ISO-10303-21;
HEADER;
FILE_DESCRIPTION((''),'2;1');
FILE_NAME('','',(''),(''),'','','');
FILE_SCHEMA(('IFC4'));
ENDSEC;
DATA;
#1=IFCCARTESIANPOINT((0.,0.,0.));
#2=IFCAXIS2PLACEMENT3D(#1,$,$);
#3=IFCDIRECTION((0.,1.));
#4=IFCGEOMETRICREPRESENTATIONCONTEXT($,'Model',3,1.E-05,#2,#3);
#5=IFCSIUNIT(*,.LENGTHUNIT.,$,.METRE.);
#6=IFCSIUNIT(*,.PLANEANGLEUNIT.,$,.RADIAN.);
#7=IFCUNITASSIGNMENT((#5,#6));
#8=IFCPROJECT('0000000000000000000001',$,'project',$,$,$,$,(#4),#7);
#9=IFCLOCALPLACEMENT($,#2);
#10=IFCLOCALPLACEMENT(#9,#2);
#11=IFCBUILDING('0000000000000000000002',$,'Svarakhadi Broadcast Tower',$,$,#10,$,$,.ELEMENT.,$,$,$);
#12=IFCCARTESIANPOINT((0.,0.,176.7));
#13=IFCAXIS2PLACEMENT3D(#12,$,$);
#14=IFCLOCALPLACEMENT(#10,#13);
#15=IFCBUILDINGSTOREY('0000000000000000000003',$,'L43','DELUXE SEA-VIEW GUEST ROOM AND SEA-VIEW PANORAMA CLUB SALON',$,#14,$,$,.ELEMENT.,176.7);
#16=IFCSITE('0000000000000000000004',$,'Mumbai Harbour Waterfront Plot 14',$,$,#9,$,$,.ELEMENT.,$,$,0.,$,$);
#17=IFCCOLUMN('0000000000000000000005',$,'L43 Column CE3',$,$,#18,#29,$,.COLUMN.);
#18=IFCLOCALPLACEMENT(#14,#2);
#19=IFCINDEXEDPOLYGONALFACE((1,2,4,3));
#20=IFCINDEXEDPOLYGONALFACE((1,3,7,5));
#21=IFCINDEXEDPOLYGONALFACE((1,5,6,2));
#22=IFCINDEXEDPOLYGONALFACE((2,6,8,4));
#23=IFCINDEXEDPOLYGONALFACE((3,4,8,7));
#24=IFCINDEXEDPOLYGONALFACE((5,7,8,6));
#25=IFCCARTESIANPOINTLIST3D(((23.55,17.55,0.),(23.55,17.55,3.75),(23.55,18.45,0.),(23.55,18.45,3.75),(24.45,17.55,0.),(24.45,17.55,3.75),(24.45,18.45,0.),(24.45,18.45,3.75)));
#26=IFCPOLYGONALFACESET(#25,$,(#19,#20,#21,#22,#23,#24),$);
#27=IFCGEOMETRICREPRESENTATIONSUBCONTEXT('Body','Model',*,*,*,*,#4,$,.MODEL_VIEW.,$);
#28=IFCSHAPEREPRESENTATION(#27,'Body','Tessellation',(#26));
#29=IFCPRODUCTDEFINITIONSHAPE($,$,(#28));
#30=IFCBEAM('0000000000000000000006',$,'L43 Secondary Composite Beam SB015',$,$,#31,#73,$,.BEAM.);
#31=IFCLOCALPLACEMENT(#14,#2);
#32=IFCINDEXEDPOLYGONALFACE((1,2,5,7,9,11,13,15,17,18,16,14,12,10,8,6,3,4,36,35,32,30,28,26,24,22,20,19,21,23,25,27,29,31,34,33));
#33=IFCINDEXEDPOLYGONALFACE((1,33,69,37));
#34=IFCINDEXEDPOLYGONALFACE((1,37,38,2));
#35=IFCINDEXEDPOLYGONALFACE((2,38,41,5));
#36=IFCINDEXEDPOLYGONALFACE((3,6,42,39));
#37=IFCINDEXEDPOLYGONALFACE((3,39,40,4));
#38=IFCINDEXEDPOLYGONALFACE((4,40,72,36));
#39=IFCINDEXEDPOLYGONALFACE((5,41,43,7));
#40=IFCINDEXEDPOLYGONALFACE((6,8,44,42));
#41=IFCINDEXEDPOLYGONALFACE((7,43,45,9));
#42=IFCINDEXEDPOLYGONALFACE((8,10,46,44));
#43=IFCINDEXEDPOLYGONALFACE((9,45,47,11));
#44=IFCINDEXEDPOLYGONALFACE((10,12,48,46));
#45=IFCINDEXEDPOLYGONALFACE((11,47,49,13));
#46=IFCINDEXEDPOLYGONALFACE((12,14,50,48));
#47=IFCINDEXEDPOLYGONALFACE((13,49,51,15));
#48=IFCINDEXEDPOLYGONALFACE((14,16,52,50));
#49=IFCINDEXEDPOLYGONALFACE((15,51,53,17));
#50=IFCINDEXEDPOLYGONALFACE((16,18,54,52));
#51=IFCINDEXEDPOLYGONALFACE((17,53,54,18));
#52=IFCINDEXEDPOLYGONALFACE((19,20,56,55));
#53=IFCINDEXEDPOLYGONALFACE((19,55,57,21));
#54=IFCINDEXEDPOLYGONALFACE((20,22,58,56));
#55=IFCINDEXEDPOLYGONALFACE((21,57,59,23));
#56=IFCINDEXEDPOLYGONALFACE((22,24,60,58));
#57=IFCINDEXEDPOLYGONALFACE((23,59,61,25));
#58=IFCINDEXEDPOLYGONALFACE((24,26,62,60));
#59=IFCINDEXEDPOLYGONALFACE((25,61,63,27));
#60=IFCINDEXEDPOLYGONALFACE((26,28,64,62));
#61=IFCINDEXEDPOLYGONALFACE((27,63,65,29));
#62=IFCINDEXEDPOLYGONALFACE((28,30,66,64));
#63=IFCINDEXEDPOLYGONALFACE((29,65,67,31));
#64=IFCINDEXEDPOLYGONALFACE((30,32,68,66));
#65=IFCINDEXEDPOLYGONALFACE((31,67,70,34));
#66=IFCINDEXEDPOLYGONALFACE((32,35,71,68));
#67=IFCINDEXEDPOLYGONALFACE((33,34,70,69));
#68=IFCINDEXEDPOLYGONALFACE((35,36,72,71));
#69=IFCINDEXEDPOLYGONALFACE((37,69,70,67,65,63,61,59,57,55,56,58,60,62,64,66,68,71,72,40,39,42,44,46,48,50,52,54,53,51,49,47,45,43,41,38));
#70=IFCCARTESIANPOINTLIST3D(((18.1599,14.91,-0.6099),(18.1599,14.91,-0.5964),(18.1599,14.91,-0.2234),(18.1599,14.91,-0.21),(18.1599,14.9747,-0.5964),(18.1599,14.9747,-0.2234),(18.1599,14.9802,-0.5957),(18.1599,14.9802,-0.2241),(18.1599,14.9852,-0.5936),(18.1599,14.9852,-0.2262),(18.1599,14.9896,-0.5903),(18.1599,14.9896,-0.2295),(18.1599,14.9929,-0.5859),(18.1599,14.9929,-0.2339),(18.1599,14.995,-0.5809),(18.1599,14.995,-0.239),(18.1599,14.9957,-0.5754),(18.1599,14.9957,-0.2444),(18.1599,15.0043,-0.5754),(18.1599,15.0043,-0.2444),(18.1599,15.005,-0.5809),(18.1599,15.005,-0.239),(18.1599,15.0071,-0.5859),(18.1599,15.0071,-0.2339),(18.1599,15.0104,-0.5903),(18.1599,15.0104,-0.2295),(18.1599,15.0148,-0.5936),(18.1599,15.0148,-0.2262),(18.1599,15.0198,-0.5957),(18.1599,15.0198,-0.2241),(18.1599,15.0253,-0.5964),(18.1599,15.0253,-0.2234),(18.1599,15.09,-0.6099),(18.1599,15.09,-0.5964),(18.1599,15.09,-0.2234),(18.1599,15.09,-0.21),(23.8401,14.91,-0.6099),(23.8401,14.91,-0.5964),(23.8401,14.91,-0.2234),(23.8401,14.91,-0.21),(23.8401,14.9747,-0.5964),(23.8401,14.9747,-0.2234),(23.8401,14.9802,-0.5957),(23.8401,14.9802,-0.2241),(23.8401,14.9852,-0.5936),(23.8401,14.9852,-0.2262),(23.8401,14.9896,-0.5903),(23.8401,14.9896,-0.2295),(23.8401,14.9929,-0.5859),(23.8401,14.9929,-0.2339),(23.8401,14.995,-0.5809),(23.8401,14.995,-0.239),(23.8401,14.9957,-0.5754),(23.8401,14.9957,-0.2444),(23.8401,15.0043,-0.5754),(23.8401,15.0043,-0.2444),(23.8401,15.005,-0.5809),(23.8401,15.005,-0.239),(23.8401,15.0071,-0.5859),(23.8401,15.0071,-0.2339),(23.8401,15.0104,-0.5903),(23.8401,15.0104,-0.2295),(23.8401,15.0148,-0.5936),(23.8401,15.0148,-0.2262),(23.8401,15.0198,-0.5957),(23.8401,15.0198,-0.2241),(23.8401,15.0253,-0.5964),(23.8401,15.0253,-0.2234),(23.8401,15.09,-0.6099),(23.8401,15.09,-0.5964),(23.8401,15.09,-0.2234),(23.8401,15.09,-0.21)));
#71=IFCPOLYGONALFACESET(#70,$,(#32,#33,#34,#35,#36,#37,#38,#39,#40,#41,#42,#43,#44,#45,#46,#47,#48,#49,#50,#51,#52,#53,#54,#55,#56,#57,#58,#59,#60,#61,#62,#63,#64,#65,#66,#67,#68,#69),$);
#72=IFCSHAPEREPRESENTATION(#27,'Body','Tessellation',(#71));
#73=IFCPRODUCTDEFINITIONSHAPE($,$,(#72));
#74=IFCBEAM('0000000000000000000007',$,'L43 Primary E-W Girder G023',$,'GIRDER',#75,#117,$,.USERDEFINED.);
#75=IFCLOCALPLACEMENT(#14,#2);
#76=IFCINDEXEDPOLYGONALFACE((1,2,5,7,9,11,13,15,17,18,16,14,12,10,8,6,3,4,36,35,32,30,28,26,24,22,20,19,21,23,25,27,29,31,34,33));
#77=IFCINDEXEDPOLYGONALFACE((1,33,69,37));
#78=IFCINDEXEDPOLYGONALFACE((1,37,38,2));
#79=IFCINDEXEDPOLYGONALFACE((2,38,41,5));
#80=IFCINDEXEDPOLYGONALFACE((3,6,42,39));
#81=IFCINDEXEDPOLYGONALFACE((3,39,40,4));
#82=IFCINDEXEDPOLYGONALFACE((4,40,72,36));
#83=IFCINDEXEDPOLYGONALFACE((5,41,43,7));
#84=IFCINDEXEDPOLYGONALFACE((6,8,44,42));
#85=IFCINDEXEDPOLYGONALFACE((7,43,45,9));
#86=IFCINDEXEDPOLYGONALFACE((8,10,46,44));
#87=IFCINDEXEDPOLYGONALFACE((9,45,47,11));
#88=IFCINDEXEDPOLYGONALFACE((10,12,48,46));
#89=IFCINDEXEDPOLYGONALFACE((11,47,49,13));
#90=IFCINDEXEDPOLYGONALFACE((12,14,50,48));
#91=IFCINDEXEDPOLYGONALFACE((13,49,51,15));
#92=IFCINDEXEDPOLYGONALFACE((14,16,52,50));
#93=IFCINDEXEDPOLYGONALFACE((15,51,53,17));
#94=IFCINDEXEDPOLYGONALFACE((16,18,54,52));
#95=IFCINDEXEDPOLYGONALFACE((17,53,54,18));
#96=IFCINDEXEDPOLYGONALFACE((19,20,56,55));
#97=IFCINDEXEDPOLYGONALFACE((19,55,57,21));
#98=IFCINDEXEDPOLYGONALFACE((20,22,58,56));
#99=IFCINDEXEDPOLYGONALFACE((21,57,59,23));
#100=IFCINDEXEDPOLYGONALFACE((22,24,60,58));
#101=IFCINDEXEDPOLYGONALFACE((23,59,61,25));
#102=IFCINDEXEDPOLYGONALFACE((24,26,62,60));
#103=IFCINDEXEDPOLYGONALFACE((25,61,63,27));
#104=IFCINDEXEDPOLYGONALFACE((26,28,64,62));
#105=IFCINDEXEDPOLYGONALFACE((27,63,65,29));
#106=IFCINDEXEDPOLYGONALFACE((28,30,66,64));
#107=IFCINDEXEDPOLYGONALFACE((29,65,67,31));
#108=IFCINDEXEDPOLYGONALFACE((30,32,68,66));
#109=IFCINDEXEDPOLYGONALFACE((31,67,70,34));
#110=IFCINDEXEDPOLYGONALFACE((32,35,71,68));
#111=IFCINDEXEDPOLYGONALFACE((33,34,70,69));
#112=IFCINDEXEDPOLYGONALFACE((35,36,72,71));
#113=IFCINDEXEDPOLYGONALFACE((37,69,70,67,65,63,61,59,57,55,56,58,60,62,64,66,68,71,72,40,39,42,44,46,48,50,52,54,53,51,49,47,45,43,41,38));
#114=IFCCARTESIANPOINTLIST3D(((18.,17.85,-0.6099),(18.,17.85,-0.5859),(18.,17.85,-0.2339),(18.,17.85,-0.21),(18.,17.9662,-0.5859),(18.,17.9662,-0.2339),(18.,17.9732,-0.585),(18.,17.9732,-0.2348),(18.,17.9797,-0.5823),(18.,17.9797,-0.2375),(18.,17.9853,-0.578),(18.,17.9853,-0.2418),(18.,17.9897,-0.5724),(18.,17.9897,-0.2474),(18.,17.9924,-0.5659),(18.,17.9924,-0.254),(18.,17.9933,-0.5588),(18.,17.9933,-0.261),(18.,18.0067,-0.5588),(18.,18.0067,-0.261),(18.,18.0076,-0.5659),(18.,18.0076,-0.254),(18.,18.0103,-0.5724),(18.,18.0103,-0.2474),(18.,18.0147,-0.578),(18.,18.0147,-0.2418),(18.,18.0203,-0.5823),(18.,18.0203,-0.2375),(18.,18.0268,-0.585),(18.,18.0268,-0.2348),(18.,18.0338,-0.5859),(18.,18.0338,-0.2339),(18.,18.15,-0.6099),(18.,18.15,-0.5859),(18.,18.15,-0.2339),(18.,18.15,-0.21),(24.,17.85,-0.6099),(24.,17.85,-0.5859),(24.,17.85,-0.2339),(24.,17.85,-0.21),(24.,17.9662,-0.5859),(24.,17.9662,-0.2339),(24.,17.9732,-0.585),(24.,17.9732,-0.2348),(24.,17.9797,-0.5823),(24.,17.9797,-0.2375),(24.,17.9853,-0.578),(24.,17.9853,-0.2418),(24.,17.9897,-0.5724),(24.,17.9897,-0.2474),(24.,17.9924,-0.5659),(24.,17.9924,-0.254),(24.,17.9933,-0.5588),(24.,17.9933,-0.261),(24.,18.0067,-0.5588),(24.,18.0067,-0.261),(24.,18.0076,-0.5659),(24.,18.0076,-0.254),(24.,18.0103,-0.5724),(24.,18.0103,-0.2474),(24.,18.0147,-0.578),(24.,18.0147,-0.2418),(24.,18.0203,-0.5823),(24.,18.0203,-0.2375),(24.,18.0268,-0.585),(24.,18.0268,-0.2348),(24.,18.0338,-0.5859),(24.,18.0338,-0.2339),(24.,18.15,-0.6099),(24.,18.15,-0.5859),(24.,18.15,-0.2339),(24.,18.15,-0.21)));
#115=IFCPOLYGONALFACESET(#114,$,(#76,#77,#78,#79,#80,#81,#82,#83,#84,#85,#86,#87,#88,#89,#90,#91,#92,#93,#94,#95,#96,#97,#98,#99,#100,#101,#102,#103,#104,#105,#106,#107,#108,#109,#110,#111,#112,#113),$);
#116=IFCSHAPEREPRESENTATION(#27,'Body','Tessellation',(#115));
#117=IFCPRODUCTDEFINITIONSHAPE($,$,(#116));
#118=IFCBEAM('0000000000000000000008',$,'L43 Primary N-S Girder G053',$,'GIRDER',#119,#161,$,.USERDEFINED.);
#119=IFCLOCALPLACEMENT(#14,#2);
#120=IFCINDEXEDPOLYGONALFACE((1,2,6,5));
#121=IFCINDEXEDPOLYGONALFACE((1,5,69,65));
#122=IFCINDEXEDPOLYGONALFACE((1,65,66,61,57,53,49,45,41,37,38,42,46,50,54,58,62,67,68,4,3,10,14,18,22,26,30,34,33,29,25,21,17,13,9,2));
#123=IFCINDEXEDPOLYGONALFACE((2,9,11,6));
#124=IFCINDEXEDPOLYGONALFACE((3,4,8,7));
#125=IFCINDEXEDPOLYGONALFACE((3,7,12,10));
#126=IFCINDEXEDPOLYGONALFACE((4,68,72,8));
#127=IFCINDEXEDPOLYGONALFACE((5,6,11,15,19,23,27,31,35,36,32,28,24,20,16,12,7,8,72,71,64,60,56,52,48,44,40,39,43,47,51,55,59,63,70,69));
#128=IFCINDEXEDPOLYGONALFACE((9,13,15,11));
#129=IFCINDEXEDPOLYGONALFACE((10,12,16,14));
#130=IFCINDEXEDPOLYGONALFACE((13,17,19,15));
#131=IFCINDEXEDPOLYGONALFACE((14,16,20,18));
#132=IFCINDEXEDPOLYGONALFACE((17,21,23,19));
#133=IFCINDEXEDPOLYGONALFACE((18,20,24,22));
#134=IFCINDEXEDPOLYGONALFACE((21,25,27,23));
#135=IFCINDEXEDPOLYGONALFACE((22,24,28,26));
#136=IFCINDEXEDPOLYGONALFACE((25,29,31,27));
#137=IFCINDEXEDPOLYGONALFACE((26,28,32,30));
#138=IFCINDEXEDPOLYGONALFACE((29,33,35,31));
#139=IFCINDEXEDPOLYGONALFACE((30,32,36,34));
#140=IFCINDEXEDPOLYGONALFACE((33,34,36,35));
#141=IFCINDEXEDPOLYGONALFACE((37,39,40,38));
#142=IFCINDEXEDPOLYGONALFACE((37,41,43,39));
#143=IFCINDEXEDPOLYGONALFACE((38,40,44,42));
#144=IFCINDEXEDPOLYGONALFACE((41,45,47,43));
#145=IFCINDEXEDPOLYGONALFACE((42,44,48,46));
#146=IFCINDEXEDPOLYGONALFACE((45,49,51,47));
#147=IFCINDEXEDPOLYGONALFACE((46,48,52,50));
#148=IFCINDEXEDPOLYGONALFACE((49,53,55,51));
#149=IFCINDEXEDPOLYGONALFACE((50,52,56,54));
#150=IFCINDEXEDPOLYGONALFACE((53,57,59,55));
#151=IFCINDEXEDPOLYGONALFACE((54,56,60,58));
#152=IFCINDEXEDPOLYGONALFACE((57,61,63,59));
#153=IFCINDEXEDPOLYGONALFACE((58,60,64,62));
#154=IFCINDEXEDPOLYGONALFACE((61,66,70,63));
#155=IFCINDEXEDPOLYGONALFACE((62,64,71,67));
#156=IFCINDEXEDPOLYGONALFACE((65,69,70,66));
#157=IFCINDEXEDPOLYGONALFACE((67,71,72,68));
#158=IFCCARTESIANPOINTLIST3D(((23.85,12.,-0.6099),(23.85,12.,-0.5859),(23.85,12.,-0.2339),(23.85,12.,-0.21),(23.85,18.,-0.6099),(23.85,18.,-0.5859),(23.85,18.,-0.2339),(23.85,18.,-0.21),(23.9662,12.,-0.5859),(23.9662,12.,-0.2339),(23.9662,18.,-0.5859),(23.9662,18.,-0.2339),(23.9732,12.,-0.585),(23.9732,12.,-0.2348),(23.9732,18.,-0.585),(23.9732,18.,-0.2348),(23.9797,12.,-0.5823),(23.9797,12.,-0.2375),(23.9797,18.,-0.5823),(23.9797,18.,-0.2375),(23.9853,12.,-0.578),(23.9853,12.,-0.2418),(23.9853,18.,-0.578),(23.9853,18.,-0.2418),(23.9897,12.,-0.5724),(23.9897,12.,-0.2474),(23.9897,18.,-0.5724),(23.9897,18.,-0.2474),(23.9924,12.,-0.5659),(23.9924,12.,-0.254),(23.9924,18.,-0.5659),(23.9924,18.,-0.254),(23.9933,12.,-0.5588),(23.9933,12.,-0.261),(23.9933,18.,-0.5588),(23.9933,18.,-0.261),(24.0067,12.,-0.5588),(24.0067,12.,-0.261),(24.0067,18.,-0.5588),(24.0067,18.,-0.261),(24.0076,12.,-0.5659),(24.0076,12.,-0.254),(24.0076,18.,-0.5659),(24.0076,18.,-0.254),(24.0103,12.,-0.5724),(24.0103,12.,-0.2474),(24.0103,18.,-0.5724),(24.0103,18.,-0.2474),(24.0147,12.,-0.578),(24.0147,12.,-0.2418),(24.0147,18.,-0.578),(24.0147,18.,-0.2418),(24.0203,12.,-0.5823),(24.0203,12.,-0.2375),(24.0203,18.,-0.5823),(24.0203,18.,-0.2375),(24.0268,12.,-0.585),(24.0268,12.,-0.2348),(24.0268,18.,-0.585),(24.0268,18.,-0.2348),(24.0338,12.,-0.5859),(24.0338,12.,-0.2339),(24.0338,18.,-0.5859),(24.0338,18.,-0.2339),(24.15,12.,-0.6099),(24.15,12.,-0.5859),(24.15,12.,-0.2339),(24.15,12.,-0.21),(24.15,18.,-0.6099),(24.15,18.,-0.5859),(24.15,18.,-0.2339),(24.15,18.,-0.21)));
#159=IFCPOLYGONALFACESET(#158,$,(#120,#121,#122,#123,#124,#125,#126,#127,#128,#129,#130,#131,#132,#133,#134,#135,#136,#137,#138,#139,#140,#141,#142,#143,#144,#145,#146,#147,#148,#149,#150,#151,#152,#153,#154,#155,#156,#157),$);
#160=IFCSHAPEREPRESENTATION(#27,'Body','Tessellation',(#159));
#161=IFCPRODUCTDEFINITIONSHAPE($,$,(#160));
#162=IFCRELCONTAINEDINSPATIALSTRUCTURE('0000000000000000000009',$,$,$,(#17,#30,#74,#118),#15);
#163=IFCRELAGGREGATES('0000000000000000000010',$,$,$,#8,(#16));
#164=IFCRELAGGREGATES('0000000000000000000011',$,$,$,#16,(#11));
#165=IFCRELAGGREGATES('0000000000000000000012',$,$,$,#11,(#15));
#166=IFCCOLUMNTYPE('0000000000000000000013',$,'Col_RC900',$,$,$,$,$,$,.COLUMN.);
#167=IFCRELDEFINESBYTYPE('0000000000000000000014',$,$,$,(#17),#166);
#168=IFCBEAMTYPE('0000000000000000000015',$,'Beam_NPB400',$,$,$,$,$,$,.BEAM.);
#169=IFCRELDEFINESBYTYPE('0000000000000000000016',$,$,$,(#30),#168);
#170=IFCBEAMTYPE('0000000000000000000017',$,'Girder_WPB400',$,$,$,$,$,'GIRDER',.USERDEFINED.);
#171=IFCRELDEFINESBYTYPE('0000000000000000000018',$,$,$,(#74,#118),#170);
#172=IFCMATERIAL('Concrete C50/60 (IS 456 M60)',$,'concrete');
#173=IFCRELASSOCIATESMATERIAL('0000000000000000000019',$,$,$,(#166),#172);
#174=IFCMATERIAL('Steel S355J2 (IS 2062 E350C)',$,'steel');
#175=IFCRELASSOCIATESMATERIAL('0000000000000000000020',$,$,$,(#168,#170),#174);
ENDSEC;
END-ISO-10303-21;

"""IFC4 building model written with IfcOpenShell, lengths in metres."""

from ifc_helpers import new_model, si_unit, direction, frame, origin, origin_2d, place, context, subcontext, project, spatial, rectangle, i_section, extrude, material, material_profile, profile_set, type_object, element, save


model = new_model("IFC4")

# Units and contexts
model_context = context("Model", 3, precision=1e-05, world=origin(), true_north=direction((0.0, 1.0)))
body_context = subcontext(model_context, "Body", "Model", "MODEL_VIEW")
ifc_project = project(units=[si_unit("LENGTHUNIT", "METRE"), si_unit("PLANEANGLEUNIT", "RADIAN")], contexts=[model_context])

# Site, building, storey
site_placement = place(None, origin())
site = spatial("IfcSite", under=ifc_project, at=site_placement, Name="Mumbai Harbour Waterfront Plot 14", CompositionType="ELEMENT", RefElevation=0.0)
building_placement = place(site_placement, origin())
building = spatial("IfcBuilding", under=site, at=building_placement, Name="Svarakhadi Broadcast Tower", CompositionType="ELEMENT")
storey_placement = place(building_placement, frame((0.0, 0.0, 176.7)))
storey = spatial("IfcBuildingStorey", under=building, at=storey_placement, Name="L43", Description="DELUXE SEA-VIEW GUEST ROOM AND SEA-VIEW PANORAMA CLUB SALON", CompositionType="ELEMENT", Elevation=176.7)

# Column
ifc_material_1 = material(Name="Concrete C50/60 (IS 456 M60)", Category="concrete")
ifc_material_profile_1 = material_profile(ifc_material_1, rectangle(XDim=0.8999, YDim=0.8999, at=origin_2d()), Name="RC 900x900")
ifc_profile_set_1 = profile_set([ifc_material_profile_1], Name="Concrete C50/60 (IS 456 M60)")
column_type = type_object("IfcColumnType", Name="Col_RC900", PredefinedType="COLUMN", material=ifc_profile_set_1)
column_placement = place(storey_placement, frame((24.0, 18.0, 0.0), z_axis=(0.0, 0.0, 1.0), x_axis=(1.0, 0.0, 0.0)))
element("IfcColumn", 1, at=column_placement, inside=storey, type_object=column_type, Name="L43 Column CE3", PredefinedType="COLUMN", context=body_context, shape_type="SweptSolid", body=[
    extrude(rectangle(XDim=0.8999, YDim=0.8999, at=origin_2d()), origin(), (0.0, 0.0, 1.0), 3.75),
])

# Beams
ifc_material_2 = material(Name="Steel S355J2 (IS 2062 E350C)", Category="steel")
ifc_material_profile_2 = material_profile(ifc_material_2, i_section(OverallWidth=0.1799, OverallDepth=0.3999, WebThickness=0.0085, FlangeThickness=0.0134, FilletRadius=0.021, at=origin_2d()), Name="NPB 400x180x66")
ifc_profile_set_2 = profile_set([ifc_material_profile_2], Name="Steel S355J2 (IS 2062 E350C)")
beam_type_1 = type_object("IfcBeamType", Name="Beam_NPB400", PredefinedType="BEAM", material=ifc_profile_set_2)
beam_placement = place(storey_placement, frame((18.1599, 15.0, -0.4099), z_axis=(1.0, 0.0, 0.0), x_axis=(0.0, 1.0, 0.0)))
element("IfcBeam", 2, at=beam_placement, inside=storey, type_object=beam_type_1, Name="L43 Secondary Composite Beam SB015", PredefinedType="BEAM", context=body_context, shape_type="SweptSolid", body=[
    extrude(i_section(OverallWidth=0.1799, OverallDepth=0.3999, WebThickness=0.0085, FlangeThickness=0.0134, FilletRadius=0.021, at=origin_2d()), origin(), (0.0, 0.0, 1.0), 5.6802),
])
ifc_material_profile_3 = material_profile(ifc_material_2, i_section(OverallWidth=0.3, OverallDepth=0.3999, WebThickness=0.0134, FlangeThickness=0.0239, FilletRadius=0.0271, at=origin_2d()), Name="WPB 400x300x155")
ifc_profile_set_3 = profile_set([ifc_material_profile_3], Name="Steel S355J2 (IS 2062 E350C)")
beam_type_2 = type_object("IfcBeamType", Name="Girder_WPB400", ElementType="GIRDER", PredefinedType="USERDEFINED", material=ifc_profile_set_3)
for number, where, z_axis, x_axis, name in (
    (3, (18.0, 18.0, -0.4099), (1.0, 0.0, 0.0), (0.0, 1.0, 0.0), "L43 Primary E-W Girder G023"),
    (4, (24.0, 12.0, -0.4099), (0.0, 1.0, 0.0), (-1.0, 0.0, 0.0), "L43 Primary N-S Girder G053"),
):
    element("IfcBeam", number, at=place(storey_placement, frame(where, z_axis=z_axis, x_axis=x_axis)), inside=storey, type_object=beam_type_2, Name=name, ObjectType="GIRDER", PredefinedType="USERDEFINED", context=body_context, shape_type="SweptSolid", body=[
        extrude(i_section(OverallWidth=0.3, OverallDepth=0.3999, WebThickness=0.0134, FlangeThickness=0.0239, FilletRadius=0.0271, at=origin_2d()), origin(), (0.0, 0.0, 1.0), 6.0),
    ])

save(model, "model.ifc")
